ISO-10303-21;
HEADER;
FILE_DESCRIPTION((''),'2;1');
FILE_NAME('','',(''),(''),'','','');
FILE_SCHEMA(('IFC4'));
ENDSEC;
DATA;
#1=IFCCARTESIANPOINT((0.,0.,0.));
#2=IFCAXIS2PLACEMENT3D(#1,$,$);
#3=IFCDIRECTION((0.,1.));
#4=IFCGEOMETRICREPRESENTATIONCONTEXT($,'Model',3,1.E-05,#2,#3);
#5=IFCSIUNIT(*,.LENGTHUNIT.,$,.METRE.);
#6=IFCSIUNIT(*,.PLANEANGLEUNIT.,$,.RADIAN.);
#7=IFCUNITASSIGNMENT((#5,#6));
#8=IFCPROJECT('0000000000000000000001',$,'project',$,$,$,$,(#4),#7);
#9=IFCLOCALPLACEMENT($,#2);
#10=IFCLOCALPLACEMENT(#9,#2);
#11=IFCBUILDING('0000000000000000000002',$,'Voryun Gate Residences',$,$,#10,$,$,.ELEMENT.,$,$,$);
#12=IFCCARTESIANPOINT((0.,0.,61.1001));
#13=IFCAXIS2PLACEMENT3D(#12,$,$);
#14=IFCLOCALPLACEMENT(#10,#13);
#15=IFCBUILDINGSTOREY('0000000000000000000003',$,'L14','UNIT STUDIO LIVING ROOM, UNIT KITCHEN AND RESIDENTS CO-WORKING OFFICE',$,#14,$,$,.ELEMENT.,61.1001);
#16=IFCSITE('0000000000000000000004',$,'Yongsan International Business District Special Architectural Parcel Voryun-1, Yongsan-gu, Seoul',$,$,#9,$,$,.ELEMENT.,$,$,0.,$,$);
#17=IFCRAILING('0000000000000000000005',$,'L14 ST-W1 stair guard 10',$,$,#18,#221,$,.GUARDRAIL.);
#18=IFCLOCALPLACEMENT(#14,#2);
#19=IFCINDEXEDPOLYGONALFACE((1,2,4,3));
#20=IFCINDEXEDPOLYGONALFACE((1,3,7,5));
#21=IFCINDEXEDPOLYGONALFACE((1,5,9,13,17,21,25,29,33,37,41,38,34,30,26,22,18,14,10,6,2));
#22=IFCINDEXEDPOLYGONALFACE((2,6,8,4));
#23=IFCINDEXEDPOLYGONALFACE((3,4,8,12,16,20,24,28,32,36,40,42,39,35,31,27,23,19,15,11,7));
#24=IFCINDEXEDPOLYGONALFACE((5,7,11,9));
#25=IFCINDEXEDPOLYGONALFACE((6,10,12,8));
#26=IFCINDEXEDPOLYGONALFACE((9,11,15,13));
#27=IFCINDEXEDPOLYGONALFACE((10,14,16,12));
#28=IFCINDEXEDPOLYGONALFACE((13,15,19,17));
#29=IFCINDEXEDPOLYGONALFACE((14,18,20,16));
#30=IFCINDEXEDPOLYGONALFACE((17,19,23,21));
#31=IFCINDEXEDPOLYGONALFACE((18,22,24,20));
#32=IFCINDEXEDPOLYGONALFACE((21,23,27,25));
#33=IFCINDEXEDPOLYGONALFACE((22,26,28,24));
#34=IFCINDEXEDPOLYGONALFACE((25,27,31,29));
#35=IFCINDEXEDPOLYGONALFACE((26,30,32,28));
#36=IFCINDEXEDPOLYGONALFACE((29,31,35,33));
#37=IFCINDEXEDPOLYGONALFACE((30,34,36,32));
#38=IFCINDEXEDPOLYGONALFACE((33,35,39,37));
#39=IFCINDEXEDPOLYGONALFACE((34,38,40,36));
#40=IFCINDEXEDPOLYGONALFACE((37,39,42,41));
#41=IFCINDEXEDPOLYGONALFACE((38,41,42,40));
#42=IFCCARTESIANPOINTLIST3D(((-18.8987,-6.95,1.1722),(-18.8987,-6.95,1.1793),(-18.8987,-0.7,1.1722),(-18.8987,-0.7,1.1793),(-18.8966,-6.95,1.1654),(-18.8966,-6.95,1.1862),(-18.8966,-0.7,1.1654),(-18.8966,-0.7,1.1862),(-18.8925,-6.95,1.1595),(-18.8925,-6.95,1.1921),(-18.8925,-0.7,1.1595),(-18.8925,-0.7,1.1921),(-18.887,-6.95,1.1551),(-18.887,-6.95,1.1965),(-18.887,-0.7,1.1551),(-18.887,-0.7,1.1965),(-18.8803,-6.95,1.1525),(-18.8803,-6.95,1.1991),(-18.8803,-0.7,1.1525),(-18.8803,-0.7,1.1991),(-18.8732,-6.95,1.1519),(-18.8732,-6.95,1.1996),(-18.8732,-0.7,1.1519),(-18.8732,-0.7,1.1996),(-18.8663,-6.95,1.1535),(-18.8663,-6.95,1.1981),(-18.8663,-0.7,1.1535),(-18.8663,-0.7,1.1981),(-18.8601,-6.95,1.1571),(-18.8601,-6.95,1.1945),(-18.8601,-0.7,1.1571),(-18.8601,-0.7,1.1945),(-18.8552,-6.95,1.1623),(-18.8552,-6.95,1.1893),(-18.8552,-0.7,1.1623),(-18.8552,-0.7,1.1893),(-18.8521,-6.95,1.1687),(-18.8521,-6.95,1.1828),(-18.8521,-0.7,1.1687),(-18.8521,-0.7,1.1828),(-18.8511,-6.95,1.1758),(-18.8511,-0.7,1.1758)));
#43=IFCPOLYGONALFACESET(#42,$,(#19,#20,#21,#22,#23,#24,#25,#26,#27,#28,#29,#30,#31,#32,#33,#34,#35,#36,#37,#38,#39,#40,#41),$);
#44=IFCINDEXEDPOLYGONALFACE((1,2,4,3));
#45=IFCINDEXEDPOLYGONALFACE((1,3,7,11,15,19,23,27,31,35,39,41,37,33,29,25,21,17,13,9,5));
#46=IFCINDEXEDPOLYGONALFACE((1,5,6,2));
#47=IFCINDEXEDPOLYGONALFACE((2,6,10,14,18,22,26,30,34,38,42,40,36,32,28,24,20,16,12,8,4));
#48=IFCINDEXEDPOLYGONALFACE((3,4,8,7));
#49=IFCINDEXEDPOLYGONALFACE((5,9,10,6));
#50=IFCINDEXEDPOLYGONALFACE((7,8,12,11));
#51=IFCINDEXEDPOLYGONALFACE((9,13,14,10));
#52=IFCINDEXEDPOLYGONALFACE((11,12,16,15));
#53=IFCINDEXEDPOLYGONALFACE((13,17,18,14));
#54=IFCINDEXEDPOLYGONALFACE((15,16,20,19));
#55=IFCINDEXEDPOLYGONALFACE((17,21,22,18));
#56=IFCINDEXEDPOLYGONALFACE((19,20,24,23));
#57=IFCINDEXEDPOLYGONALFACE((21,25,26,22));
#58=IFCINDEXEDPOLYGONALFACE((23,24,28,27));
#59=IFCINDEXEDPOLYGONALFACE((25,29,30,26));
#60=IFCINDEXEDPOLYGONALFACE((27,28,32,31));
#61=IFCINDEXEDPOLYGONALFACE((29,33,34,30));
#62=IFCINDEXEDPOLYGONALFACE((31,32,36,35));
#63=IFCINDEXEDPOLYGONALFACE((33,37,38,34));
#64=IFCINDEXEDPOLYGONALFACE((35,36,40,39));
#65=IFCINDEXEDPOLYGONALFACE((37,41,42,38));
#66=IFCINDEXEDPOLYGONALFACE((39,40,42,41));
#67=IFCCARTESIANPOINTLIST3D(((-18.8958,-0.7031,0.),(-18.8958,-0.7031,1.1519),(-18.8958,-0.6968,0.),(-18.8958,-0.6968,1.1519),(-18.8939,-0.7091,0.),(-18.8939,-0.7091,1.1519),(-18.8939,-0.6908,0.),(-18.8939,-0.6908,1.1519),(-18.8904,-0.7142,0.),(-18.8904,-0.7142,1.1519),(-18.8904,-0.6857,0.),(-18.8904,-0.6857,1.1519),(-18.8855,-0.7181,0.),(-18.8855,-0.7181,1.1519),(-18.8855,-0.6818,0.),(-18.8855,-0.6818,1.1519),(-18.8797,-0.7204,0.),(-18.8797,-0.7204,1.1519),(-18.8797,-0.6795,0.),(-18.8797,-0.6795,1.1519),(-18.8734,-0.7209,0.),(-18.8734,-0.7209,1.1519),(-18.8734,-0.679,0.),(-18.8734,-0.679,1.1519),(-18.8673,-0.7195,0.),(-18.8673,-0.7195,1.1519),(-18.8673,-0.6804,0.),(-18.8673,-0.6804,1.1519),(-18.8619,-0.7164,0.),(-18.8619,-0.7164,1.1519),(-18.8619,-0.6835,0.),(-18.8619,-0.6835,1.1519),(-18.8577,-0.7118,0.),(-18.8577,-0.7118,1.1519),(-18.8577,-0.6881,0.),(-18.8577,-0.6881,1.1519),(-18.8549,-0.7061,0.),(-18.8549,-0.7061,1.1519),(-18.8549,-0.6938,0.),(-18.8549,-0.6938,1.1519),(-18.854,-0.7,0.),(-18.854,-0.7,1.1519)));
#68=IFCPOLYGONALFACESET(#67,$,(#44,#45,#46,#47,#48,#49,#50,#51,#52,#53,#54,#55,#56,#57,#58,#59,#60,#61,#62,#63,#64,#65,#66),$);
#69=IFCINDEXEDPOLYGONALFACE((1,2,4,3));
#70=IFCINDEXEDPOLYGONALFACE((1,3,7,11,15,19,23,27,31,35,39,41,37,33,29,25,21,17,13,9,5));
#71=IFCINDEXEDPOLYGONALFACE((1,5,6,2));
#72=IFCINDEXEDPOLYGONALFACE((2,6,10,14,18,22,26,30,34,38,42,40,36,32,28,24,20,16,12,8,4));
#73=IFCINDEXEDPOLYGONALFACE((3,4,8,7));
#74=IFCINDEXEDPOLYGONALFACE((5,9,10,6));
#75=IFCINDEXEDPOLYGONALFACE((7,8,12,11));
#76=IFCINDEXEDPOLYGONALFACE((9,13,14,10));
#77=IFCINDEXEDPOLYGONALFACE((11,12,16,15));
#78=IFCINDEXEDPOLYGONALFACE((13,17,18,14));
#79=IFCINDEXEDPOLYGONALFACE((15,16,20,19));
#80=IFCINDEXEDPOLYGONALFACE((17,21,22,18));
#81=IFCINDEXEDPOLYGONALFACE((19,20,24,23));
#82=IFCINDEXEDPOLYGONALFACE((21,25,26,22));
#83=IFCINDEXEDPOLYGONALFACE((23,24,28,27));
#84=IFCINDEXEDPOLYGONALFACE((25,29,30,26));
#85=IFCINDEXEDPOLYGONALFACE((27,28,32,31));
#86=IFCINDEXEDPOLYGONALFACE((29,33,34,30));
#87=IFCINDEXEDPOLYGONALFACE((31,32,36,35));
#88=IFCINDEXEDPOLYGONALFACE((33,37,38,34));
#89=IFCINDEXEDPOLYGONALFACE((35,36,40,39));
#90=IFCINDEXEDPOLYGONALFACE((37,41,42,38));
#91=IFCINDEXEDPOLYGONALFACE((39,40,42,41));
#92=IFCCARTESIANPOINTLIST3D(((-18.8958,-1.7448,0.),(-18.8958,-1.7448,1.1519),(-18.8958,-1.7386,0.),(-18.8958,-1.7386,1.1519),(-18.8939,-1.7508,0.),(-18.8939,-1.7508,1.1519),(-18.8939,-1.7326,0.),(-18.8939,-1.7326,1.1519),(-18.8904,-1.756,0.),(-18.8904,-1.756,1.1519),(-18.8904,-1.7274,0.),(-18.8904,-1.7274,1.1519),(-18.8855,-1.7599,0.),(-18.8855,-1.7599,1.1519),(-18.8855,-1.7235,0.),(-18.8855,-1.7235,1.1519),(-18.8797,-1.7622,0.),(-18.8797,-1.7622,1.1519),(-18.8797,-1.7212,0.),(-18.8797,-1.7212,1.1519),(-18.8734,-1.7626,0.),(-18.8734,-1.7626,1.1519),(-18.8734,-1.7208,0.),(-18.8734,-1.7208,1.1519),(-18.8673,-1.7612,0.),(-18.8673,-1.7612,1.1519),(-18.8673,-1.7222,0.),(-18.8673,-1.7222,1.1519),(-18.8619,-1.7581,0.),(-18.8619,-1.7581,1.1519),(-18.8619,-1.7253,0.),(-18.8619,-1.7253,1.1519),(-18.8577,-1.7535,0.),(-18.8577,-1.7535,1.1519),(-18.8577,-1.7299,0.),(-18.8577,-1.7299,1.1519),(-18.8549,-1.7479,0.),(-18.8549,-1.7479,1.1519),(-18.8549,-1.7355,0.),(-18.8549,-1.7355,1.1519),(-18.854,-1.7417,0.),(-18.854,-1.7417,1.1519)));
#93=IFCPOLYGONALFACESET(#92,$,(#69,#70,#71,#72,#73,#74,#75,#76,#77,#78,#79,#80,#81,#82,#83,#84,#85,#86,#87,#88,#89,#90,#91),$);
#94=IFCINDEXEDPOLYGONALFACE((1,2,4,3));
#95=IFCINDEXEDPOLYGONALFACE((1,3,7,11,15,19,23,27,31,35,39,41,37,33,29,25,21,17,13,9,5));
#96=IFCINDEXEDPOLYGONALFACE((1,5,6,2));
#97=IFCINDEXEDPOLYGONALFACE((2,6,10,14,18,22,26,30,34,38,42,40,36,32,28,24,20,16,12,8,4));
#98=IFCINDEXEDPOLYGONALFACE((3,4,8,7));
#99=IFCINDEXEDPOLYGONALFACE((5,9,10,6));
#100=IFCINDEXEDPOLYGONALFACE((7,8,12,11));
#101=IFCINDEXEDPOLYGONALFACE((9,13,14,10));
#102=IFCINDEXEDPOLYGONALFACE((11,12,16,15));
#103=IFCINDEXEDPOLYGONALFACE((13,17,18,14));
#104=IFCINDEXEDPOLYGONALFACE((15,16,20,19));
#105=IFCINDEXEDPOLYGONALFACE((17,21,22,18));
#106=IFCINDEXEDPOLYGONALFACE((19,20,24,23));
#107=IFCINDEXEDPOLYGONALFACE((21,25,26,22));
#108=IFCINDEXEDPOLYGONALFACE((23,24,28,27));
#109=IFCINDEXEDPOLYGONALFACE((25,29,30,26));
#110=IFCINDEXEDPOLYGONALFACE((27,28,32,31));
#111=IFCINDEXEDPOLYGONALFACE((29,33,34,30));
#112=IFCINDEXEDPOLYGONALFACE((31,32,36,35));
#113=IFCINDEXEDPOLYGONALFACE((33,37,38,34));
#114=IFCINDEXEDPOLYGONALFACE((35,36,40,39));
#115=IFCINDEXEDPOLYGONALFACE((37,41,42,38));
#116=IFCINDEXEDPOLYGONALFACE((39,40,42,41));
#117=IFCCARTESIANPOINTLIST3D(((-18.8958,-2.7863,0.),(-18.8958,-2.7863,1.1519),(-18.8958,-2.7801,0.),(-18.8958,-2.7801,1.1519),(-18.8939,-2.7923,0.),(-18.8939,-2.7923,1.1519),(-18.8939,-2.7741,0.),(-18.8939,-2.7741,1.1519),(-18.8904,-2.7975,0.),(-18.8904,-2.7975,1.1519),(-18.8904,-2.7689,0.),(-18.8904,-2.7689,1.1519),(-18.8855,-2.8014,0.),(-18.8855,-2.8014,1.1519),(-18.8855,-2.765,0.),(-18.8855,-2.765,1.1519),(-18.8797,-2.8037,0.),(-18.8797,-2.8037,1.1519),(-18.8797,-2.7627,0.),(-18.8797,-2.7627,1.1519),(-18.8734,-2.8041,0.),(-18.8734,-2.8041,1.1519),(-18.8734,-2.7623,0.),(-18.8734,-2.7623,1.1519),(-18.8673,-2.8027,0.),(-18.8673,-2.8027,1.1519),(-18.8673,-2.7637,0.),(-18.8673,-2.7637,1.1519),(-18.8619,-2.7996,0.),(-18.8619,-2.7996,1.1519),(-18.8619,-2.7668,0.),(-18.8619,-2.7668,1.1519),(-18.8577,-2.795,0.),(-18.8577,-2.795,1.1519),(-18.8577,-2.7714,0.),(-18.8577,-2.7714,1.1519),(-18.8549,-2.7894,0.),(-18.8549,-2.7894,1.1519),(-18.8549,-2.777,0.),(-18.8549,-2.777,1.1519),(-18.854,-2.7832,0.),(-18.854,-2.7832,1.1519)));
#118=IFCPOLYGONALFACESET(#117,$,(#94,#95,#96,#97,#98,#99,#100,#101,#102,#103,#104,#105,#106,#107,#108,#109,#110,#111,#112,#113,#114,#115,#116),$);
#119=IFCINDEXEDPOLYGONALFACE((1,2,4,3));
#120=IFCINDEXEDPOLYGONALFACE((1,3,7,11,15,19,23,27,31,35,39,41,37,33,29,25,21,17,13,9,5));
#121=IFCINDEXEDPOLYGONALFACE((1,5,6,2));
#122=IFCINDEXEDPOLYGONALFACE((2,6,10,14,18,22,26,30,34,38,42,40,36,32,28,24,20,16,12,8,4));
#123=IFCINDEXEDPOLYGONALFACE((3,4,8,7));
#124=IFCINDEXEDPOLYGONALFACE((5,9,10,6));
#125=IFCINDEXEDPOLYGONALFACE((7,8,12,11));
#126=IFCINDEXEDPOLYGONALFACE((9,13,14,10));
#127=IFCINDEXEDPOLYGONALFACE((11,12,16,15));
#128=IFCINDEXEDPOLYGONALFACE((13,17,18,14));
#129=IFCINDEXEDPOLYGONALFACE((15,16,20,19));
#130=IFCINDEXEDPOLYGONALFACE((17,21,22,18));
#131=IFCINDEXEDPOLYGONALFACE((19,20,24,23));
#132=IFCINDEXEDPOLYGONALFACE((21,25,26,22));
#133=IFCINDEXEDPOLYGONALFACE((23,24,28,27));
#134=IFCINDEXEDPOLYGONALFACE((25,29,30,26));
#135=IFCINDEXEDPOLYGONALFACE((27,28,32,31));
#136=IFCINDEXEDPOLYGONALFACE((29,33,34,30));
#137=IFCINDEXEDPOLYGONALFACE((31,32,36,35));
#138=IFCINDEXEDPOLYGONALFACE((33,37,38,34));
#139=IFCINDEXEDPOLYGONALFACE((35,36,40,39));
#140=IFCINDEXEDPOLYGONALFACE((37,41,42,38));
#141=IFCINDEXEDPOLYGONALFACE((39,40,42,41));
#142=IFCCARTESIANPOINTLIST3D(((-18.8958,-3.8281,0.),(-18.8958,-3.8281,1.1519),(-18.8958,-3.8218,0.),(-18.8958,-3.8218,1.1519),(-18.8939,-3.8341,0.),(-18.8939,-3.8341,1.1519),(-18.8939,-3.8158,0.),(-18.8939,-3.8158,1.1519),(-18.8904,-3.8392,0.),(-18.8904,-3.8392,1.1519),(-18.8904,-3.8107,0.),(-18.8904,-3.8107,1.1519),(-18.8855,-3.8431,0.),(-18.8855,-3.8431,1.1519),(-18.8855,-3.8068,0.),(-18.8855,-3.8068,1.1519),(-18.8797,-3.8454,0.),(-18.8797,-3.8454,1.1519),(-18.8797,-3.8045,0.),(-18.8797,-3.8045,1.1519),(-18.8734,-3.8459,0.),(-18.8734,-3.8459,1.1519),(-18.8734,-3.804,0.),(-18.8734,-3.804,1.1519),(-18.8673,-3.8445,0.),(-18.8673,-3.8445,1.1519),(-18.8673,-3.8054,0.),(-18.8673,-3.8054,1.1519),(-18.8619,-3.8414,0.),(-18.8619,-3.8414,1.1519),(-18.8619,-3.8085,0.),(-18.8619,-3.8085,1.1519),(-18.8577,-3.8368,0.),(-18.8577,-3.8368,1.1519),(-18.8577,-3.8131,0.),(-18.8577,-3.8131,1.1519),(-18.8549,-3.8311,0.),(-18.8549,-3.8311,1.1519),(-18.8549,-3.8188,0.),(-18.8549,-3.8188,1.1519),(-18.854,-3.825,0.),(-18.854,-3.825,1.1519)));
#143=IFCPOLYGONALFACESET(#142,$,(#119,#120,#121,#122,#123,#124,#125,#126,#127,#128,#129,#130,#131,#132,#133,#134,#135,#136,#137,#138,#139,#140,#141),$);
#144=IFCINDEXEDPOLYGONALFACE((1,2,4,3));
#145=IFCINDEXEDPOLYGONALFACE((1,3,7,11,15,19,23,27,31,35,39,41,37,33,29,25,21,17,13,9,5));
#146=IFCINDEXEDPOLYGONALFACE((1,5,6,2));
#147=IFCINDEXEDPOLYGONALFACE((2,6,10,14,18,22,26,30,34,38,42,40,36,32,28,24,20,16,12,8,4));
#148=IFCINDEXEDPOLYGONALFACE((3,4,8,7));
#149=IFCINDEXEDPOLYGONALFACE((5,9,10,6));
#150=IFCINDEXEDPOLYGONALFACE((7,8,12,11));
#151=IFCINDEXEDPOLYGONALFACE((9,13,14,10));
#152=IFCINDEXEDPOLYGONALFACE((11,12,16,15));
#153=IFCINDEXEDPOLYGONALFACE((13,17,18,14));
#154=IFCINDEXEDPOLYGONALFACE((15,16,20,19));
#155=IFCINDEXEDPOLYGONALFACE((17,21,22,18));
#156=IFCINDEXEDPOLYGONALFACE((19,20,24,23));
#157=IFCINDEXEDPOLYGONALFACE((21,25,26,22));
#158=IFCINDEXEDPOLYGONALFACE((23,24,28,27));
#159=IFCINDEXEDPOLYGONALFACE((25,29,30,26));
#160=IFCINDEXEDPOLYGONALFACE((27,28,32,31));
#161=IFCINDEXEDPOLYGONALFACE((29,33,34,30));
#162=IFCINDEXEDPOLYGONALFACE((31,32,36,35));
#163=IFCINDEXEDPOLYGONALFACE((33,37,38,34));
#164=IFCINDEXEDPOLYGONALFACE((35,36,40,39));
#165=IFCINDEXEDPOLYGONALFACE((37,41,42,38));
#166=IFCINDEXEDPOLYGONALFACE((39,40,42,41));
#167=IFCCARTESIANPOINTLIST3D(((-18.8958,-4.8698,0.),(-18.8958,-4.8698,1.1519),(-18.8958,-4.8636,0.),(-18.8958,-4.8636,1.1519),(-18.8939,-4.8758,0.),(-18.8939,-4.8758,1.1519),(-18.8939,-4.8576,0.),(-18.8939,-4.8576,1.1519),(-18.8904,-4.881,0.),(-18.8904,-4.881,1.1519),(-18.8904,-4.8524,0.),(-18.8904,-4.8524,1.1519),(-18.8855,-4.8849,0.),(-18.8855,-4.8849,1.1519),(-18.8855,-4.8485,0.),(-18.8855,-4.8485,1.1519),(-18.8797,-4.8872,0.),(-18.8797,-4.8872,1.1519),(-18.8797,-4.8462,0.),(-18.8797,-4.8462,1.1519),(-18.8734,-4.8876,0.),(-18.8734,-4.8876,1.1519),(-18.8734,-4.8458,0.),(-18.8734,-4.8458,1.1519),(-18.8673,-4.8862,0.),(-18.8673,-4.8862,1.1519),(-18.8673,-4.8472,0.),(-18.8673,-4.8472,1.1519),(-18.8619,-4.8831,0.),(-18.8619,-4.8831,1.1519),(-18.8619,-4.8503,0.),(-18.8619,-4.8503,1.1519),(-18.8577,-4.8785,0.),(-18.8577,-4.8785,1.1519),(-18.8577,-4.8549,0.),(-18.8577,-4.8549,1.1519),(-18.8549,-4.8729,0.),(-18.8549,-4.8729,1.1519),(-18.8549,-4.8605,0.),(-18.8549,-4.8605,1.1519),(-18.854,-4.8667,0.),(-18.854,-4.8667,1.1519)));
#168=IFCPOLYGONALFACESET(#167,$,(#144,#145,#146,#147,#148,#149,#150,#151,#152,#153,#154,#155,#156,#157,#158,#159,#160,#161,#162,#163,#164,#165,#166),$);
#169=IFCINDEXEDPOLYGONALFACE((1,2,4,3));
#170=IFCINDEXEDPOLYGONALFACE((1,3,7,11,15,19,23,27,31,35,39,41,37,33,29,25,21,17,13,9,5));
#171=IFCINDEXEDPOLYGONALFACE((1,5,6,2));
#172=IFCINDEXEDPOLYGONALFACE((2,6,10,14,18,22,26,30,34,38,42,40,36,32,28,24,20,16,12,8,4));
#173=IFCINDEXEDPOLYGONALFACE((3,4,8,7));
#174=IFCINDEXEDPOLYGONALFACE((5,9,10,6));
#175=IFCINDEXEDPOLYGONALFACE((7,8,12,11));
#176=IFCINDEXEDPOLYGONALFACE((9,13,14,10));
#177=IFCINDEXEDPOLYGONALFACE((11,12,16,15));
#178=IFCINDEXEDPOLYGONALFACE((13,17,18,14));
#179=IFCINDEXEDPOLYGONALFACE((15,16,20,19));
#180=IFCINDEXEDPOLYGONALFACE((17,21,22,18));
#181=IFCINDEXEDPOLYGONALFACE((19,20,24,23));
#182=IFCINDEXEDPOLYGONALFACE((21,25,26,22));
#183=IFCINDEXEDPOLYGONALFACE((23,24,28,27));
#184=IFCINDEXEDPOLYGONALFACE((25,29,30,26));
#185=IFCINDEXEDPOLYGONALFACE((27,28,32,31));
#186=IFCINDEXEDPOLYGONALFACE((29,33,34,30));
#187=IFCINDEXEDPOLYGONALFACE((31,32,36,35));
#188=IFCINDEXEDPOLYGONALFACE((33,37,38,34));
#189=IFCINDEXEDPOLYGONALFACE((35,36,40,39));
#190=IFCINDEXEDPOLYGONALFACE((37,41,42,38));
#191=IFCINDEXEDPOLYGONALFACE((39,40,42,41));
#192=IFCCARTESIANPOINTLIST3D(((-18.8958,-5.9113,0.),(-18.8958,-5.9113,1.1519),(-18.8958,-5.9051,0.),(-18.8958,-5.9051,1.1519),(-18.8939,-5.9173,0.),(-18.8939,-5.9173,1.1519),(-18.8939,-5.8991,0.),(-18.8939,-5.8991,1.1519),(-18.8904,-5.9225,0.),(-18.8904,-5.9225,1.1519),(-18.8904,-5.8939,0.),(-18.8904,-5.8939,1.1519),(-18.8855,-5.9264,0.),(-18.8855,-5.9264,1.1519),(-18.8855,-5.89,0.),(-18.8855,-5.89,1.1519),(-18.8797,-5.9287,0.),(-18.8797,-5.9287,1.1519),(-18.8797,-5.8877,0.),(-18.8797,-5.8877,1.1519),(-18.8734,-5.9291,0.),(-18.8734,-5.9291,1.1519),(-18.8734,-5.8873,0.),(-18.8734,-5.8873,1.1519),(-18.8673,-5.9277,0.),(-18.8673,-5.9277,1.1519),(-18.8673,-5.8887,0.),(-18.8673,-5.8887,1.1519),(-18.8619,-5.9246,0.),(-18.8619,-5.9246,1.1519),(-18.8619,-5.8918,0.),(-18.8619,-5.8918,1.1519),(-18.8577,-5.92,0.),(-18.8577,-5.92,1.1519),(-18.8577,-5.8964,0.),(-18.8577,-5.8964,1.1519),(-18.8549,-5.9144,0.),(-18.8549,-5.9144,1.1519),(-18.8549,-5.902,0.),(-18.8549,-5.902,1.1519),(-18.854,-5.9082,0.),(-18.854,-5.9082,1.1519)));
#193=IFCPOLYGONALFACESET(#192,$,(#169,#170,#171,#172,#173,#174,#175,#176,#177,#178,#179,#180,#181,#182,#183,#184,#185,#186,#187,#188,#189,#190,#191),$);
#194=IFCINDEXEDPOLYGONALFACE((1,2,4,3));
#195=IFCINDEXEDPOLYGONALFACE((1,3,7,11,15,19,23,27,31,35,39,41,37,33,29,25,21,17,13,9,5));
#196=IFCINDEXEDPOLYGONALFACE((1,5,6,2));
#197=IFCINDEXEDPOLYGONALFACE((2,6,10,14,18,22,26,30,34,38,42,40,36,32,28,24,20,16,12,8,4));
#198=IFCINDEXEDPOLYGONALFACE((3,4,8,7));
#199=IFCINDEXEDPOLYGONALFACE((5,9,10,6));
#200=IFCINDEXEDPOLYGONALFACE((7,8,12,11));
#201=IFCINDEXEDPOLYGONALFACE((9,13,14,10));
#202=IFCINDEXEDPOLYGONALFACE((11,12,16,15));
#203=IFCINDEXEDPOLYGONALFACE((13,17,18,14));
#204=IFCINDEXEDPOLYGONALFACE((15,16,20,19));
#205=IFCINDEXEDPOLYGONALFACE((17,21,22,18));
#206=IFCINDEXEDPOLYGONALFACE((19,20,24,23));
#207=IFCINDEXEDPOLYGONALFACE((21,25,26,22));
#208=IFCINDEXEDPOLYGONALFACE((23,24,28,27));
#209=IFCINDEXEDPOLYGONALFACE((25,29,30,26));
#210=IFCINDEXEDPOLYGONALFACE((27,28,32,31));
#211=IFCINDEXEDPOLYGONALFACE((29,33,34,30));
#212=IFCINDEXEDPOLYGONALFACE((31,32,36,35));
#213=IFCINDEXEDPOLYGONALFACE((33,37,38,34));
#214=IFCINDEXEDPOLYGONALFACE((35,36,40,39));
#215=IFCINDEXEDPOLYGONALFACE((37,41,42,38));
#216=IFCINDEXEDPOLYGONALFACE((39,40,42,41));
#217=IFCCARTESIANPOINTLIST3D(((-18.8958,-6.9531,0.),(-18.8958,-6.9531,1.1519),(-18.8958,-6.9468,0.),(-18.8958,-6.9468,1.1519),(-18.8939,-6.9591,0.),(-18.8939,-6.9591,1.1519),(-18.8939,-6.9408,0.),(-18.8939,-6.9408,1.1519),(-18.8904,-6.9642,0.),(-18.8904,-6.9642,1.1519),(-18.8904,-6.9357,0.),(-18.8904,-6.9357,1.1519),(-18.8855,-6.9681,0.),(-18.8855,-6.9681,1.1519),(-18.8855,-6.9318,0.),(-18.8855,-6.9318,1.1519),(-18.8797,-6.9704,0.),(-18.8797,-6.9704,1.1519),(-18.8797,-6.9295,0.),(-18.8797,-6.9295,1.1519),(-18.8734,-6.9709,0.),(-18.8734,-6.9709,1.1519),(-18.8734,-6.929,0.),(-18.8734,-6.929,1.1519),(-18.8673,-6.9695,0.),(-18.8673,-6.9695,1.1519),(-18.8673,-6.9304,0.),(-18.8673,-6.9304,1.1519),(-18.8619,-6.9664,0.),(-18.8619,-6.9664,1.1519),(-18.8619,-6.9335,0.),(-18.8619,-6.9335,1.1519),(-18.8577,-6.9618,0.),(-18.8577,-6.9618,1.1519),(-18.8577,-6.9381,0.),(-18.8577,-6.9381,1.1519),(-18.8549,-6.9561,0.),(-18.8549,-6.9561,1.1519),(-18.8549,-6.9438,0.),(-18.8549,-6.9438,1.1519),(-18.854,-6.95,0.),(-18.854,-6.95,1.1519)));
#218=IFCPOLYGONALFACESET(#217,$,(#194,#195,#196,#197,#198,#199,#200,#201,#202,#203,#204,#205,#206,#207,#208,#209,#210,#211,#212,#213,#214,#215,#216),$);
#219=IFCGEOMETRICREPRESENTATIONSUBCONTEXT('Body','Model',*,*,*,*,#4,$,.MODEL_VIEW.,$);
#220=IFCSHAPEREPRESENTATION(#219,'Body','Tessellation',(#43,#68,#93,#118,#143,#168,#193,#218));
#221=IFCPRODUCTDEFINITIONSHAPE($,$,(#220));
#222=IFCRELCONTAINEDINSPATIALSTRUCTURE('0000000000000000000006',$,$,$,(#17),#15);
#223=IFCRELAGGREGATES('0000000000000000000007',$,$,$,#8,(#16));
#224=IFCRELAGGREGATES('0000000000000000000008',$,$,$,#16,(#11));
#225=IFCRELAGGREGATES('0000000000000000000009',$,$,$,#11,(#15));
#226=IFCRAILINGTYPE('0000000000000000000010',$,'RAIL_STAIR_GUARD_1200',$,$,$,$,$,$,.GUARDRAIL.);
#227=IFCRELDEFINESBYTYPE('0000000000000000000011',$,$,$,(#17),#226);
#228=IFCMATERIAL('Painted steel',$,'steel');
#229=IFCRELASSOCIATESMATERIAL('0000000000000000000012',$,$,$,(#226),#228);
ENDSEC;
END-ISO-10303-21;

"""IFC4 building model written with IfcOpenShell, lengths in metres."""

from ifc_helpers import new_model, si_unit, direction, frame, origin, origin_2d, place, context, subcontext, project, spatial, circle, extrude, material, type_object, element, save


model = new_model("IFC4")

# Units and contexts
model_context = context("Model", 3, precision=1e-05, world=origin(), true_north=direction((0.0, 1.0)))
body_context = subcontext(model_context, "Body", "Model", "MODEL_VIEW")
ifc_project = project(units=[si_unit("LENGTHUNIT", "METRE"), si_unit("PLANEANGLEUNIT", "RADIAN")], contexts=[model_context])

# Site, building, storey
site_placement = place(None, origin())
site = spatial("IfcSite", under=ifc_project, at=site_placement, Name="Yongsan International Business District Special Architectural Parcel Voryun-1, Yongsan-gu, Seoul", CompositionType="ELEMENT", RefElevation=0.0)
building_placement = place(site_placement, origin())
building = spatial("IfcBuilding", under=site, at=building_placement, Name="Voryun Gate Residences", CompositionType="ELEMENT")
storey_placement = place(building_placement, frame((0.0, 0.0, 61.1001)))
storey = spatial("IfcBuildingStorey", under=building, at=storey_placement, Name="L14", Description="UNIT STUDIO LIVING ROOM, UNIT KITCHEN AND RESIDENTS CO-WORKING OFFICE", CompositionType="ELEMENT", Elevation=61.1001)

# Railing
ifc_material_1 = material(Name="Painted steel", Category="steel")
railing_type = type_object("IfcRailingType", Name="RAIL_STAIR_GUARD_1200", PredefinedType="GUARDRAIL", material=ifc_material_1)
railing_1_placement = place(storey_placement, frame((-18.875, -0.7, 0.0)))
element("IfcRailing", 1, at=railing_1_placement, inside=storey, type_object=railing_type, Name="L14 ST-W1 stair guard 10", PredefinedType="GUARDRAIL", context=body_context, shape_type="SweptSolid", body=[
    extrude(circle(Radius=0.0239, at=origin_2d()), frame((0.0, 0.0, 1.1758), z_axis=(0.0, -1.0, 0.0), x_axis=(1.0, 0.0, 0.0)), (0.0, 0.0, 1.0), 6.25),
    extrude(circle(Radius=0.021, at=origin_2d()), origin(), (0.0, 0.0, 1.0), 1.1519),
    extrude(circle(Radius=0.021, at=origin_2d()), frame((0.0, -1.0417, 0.0)), (0.0, 0.0, 1.0), 1.1519),
    extrude(circle(Radius=0.021, at=origin_2d()), frame((0.0, -2.0833, 0.0)), (0.0, 0.0, 1.0), 1.1519),
    extrude(circle(Radius=0.021, at=origin_2d()), frame((0.0, -3.125, 0.0)), (0.0, 0.0, 1.0), 1.1519),
    extrude(circle(Radius=0.021, at=origin_2d()), frame((0.0, -4.1667, 0.0)), (0.0, 0.0, 1.0), 1.1519),
    extrude(circle(Radius=0.021, at=origin_2d()), frame((0.0, -5.2083, 0.0)), (0.0, 0.0, 1.0), 1.1519),
    extrude(circle(Radius=0.021, at=origin_2d()), frame((0.0, -6.25, 0.0)), (0.0, 0.0, 1.0), 1.1519),
])

save(model, "model.ifc")
